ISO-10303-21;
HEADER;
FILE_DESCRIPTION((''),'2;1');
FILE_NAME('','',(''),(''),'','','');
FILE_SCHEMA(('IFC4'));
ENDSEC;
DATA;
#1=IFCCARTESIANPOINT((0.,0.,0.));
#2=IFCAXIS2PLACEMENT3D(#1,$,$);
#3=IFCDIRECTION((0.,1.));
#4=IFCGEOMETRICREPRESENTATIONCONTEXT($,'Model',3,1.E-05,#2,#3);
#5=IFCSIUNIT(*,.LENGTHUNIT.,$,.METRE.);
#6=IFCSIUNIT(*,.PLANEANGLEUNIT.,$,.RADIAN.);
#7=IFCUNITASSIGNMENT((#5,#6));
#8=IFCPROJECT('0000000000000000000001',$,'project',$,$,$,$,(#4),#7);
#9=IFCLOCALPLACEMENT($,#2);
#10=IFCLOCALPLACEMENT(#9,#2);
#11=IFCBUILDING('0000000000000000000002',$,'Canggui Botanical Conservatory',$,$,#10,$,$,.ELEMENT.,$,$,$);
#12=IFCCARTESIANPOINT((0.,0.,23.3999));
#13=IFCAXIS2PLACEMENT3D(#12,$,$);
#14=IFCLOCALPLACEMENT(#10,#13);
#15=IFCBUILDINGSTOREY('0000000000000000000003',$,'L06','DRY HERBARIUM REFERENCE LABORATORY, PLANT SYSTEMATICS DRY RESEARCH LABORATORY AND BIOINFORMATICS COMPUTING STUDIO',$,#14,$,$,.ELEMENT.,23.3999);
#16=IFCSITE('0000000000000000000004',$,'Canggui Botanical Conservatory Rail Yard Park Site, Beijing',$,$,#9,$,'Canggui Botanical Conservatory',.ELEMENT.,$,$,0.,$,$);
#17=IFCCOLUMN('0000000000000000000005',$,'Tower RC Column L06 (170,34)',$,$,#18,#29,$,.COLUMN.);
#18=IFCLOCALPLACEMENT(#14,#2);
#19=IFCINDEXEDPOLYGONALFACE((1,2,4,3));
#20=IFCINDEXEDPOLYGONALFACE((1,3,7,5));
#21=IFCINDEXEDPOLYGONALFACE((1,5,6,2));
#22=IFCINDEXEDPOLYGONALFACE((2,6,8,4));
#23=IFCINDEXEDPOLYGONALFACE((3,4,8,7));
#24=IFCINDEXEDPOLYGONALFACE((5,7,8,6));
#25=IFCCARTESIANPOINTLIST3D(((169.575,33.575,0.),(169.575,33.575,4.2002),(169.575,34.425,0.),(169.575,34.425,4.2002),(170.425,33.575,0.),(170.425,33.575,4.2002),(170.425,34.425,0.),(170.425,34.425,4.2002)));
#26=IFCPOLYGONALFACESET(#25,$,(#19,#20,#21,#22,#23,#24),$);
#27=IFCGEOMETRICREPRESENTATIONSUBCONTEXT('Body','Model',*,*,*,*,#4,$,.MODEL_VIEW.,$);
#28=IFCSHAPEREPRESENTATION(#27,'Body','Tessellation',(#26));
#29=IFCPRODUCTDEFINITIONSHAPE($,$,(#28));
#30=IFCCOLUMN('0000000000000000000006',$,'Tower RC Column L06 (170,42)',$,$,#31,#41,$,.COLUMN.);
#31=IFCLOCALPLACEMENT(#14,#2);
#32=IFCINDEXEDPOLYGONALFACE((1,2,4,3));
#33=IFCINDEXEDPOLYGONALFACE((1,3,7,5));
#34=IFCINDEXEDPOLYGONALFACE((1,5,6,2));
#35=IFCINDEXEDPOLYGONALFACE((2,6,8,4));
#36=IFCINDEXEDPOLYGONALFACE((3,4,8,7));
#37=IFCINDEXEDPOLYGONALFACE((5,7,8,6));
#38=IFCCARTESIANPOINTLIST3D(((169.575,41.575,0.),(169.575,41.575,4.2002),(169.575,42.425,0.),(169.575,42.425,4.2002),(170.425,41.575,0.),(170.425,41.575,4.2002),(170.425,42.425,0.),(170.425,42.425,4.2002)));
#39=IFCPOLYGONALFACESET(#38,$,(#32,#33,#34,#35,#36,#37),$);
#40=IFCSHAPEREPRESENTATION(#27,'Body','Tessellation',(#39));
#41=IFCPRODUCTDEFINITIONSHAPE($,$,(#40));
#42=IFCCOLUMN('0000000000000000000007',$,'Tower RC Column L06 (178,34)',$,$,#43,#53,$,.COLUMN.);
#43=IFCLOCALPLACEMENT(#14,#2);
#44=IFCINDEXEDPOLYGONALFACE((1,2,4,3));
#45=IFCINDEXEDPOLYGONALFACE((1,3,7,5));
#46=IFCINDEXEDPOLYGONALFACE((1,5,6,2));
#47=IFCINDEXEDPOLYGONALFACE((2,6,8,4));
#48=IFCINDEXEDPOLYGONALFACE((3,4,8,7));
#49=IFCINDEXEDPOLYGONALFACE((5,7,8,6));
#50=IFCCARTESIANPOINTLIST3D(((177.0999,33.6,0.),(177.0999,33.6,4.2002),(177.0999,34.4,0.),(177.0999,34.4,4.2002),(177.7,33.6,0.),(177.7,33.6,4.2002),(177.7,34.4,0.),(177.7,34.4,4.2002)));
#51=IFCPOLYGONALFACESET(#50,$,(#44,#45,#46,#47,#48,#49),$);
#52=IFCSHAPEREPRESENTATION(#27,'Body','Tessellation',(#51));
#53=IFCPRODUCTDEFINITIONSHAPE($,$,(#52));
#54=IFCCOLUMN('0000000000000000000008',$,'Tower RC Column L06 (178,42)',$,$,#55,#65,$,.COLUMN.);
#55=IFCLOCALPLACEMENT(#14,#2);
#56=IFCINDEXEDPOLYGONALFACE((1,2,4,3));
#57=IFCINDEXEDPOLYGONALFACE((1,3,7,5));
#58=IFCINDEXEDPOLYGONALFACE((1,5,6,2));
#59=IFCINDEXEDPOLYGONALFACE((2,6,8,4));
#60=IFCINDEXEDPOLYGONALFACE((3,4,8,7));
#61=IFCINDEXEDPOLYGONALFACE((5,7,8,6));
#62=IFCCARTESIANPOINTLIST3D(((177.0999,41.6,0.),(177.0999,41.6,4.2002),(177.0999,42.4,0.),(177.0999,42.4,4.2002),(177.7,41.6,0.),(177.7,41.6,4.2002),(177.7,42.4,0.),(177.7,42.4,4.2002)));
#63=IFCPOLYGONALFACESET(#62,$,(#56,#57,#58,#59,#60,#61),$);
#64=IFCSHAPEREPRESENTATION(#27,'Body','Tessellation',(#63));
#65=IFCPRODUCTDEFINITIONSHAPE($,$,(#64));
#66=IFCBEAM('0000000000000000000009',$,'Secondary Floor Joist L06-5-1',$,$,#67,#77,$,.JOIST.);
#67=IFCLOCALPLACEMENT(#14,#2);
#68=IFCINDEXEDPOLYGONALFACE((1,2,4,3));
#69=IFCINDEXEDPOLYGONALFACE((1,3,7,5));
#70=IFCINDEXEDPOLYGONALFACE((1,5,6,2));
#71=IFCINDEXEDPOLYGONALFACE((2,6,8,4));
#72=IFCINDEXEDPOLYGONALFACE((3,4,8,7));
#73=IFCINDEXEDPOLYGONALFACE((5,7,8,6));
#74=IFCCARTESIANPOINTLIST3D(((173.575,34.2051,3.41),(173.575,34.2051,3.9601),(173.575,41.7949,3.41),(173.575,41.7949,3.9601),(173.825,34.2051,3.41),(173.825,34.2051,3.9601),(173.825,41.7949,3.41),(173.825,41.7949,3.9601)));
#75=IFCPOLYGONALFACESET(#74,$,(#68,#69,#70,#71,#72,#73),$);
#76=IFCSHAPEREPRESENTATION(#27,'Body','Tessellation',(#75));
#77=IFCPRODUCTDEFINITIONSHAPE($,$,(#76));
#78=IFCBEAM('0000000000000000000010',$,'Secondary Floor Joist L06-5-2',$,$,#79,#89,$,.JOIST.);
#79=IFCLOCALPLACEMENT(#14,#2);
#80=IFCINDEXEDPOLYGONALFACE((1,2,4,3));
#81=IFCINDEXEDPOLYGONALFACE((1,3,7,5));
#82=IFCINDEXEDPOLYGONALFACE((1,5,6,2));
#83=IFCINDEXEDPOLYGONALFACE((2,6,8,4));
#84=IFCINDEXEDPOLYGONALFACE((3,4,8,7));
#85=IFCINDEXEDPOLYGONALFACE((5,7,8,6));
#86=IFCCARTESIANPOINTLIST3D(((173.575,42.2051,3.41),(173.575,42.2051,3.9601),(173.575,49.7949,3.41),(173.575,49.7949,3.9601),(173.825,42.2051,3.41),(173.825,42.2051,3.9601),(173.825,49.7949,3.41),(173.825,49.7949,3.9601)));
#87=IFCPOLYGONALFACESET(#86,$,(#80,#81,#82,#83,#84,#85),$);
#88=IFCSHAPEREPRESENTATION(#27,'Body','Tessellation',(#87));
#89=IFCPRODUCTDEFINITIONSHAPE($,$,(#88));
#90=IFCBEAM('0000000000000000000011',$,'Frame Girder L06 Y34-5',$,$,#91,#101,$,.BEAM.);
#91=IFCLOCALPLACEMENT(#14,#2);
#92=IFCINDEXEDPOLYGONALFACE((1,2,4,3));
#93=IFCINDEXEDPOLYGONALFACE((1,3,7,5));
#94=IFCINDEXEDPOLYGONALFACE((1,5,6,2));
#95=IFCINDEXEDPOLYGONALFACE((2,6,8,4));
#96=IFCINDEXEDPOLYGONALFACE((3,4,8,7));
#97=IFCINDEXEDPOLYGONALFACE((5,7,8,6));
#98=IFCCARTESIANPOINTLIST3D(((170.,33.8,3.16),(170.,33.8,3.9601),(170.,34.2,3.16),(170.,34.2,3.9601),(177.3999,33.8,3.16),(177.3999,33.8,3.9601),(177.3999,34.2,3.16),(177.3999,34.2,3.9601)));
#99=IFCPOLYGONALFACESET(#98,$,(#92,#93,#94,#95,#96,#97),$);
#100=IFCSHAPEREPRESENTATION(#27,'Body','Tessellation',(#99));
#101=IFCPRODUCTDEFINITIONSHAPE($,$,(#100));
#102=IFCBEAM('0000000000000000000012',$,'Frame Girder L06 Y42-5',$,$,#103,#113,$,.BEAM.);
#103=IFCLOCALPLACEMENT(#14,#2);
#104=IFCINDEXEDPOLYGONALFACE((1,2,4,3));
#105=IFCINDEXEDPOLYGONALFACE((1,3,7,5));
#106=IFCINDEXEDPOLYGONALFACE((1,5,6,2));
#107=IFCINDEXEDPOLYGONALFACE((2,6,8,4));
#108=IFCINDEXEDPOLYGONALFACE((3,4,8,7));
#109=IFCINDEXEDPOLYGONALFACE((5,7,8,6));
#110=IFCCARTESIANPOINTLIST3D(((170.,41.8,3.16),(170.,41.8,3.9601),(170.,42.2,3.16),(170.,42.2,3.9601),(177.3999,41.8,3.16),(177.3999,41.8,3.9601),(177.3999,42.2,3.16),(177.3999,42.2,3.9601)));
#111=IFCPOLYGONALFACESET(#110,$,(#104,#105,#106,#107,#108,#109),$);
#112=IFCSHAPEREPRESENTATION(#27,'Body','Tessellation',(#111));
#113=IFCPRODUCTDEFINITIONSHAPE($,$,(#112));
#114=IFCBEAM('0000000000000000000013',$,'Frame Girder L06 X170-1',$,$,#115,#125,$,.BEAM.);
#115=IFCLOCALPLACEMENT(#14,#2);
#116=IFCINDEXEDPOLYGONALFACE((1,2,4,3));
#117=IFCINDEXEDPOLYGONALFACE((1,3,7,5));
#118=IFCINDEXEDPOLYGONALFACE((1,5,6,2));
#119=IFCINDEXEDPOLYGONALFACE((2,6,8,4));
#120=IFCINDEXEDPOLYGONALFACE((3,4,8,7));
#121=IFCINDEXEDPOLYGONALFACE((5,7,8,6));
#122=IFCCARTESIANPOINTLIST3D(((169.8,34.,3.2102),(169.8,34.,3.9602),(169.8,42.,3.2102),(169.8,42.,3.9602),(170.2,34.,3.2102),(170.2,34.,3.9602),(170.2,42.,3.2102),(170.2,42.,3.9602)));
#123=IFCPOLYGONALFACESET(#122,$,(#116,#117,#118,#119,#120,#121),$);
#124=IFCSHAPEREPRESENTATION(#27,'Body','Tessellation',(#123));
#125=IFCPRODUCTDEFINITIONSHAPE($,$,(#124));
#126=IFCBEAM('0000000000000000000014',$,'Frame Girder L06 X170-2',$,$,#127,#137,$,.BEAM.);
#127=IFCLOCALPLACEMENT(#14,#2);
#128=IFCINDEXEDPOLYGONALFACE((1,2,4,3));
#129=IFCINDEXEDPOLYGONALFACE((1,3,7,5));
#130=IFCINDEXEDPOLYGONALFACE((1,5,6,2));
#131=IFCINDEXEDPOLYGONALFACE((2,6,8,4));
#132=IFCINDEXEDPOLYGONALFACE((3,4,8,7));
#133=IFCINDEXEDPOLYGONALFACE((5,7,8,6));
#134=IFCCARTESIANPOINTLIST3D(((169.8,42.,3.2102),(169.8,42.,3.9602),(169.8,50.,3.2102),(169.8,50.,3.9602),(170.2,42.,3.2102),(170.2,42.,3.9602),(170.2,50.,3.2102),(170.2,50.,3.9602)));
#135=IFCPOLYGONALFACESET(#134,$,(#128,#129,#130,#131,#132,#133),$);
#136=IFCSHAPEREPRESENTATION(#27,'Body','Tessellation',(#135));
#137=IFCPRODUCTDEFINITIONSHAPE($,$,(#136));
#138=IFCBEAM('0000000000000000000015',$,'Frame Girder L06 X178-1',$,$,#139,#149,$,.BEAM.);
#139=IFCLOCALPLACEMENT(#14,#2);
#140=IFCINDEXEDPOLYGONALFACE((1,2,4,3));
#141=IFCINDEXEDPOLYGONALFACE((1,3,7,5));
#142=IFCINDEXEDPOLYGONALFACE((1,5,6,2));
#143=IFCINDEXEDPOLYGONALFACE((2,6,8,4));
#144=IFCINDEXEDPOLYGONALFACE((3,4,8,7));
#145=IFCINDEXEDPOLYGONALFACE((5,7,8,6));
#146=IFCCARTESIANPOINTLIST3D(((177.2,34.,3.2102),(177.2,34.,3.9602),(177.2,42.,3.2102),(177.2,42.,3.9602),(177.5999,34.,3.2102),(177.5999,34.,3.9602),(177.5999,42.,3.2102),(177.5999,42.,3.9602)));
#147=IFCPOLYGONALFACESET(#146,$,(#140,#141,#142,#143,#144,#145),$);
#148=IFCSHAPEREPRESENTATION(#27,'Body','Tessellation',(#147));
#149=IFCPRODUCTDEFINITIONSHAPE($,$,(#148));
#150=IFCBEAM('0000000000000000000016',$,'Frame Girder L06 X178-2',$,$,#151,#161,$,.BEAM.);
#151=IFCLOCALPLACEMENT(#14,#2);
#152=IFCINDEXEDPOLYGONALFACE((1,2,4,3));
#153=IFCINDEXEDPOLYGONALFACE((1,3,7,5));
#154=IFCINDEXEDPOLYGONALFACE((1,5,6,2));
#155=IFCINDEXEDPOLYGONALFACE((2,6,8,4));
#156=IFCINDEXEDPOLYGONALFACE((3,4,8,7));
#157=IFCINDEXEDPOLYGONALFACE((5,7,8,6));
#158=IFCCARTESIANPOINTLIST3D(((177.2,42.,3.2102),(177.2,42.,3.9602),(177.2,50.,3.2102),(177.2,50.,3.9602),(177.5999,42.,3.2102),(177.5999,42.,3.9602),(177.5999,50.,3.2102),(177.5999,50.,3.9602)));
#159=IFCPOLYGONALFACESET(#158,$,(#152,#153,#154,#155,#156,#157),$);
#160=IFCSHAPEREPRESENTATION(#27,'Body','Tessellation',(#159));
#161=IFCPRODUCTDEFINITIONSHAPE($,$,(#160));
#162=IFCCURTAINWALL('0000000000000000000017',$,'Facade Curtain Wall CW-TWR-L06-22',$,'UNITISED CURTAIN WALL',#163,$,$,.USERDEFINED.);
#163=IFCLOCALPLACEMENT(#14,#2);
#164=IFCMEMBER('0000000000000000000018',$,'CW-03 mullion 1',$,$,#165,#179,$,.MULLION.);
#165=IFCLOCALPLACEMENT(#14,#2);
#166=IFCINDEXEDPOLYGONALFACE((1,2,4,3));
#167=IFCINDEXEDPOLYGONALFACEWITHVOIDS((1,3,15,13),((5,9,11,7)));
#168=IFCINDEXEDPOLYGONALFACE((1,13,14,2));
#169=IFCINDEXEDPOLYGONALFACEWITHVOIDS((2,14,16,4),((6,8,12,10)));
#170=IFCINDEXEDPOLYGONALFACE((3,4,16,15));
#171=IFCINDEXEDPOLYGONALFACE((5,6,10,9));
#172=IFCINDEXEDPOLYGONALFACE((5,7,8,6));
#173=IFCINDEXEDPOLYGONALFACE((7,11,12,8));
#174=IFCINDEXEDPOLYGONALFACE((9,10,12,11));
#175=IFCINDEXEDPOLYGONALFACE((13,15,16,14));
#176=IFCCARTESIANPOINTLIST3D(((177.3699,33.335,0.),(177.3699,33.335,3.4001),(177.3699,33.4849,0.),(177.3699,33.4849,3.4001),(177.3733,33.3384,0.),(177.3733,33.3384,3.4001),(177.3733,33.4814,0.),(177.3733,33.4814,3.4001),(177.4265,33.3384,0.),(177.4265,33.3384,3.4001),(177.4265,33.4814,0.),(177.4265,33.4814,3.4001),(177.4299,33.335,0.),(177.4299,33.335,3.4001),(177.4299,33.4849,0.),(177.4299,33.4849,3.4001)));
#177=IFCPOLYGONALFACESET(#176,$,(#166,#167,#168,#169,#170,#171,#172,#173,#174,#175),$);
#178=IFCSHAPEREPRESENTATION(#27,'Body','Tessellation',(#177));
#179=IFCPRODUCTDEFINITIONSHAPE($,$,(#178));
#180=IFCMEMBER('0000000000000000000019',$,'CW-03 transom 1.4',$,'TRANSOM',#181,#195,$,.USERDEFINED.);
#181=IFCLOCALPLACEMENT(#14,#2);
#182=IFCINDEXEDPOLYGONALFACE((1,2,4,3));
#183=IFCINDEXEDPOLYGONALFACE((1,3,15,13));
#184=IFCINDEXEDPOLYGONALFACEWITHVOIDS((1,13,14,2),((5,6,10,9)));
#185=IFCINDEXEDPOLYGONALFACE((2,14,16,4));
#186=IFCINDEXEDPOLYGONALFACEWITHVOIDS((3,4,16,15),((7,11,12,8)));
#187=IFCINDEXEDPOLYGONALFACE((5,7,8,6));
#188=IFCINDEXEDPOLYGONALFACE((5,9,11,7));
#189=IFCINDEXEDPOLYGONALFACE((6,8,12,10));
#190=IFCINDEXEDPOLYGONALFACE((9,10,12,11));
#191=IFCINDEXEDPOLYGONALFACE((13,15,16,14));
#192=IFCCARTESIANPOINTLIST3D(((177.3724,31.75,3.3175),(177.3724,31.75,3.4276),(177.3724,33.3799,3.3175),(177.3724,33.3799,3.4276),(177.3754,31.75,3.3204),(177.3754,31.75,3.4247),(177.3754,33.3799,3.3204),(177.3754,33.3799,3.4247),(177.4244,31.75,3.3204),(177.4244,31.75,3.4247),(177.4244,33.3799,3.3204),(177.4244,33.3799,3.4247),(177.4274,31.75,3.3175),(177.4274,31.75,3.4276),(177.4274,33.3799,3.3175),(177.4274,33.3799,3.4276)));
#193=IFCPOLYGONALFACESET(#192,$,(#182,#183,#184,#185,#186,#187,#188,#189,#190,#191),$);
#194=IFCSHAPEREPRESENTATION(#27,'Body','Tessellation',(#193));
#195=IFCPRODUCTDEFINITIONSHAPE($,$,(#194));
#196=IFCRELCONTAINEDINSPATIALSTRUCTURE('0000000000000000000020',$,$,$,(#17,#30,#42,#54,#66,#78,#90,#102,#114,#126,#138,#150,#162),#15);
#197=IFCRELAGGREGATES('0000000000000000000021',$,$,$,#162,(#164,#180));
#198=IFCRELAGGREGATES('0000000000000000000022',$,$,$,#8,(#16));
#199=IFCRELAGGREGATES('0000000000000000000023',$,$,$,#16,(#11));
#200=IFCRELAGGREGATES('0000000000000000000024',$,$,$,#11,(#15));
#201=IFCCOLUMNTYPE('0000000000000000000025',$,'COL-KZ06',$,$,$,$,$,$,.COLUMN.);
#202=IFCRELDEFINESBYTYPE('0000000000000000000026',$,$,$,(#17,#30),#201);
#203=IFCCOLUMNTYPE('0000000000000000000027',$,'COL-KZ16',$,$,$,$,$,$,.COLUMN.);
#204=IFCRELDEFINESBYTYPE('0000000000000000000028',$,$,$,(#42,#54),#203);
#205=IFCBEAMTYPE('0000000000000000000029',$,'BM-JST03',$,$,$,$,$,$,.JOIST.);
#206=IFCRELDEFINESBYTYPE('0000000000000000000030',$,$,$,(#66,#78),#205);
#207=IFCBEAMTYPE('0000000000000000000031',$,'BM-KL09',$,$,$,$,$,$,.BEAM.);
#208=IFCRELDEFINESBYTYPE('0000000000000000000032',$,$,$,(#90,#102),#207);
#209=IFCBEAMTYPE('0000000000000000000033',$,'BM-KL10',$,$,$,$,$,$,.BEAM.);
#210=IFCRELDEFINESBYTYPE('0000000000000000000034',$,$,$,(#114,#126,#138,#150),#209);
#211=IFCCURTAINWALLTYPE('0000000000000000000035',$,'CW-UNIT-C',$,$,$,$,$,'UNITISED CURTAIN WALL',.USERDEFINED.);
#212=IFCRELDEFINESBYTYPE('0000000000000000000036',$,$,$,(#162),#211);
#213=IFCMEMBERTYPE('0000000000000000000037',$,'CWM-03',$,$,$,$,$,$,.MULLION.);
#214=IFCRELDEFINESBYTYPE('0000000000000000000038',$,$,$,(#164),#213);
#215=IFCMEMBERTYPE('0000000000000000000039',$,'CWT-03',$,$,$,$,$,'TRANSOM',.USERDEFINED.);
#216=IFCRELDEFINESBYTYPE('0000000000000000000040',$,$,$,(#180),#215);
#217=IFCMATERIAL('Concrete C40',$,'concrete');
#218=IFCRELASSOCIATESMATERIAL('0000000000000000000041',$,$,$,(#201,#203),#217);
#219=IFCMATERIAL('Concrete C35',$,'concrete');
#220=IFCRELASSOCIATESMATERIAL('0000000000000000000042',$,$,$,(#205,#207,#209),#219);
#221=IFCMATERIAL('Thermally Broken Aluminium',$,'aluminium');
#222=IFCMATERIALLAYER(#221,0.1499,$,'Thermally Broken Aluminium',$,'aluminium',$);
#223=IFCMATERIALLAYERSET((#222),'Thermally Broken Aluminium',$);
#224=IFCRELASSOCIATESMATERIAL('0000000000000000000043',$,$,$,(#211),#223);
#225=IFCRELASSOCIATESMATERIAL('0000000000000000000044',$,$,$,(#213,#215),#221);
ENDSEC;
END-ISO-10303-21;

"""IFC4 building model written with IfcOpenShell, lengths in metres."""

from ifc_helpers import new_model, si_unit, direction, frame, origin, origin_2d, place, context, subcontext, project, spatial, rectangle, hollow_rectangle, extrude, material, layer, layer_set, material_profile, profile_set, type_object, element, aggregate, save


model = new_model("IFC4")

# Units and contexts
model_context = context("Model", 3, precision=1e-05, world=origin(), true_north=direction((0.0, 1.0)))
body_context = subcontext(model_context, "Body", "Model", "MODEL_VIEW")
ifc_project = project(units=[si_unit("LENGTHUNIT", "METRE"), si_unit("PLANEANGLEUNIT", "RADIAN")], contexts=[model_context])

# Site, building, storey
site_placement = place(None, origin())
site = spatial("IfcSite", under=ifc_project, at=site_placement, Name="Canggui Botanical Conservatory Rail Yard Park Site, Beijing", LongName="Canggui Botanical Conservatory", CompositionType="ELEMENT", RefElevation=0.0)
building_placement = place(site_placement, origin())
building = spatial("IfcBuilding", under=site, at=building_placement, Name="Canggui Botanical Conservatory", CompositionType="ELEMENT")
storey_placement = place(building_placement, frame((0.0, 0.0, 23.3999)))
storey = spatial("IfcBuildingStorey", under=building, at=storey_placement, Name="L06", Description="DRY HERBARIUM REFERENCE LABORATORY, PLANT SYSTEMATICS DRY RESEARCH LABORATORY AND BIOINFORMATICS COMPUTING STUDIO", CompositionType="ELEMENT", Elevation=23.3999)

# Columns
ifc_material_1 = material(Name="Concrete C40", Category="concrete")
ifc_material_profile_1 = material_profile(ifc_material_1, rectangle(XDim=0.8501, YDim=0.8501, at=origin_2d()), Name="RC 850x850")
ifc_profile_set_1 = profile_set([ifc_material_profile_1], Name="Concrete C40")
column_type_1 = type_object("IfcColumnType", Name="COL-KZ06", PredefinedType="COLUMN", material=ifc_profile_set_1)
for number, where, z_axis, x_axis, name in (
    (1, (170.0, 34.0, 0.0), (0.0, 0.0, 1.0), (1.0, 0.0, 0.0), "Tower RC Column L06 (170,34)"),
    (2, (170.0, 42.0, 0.0), (0.0, 0.0, 1.0), (1.0, 0.0, 0.0), "Tower RC Column L06 (170,42)"),
):
    element("IfcColumn", number, at=place(storey_placement, frame(where, z_axis=z_axis, x_axis=x_axis)), inside=storey, type_object=column_type_1, Name=name, PredefinedType="COLUMN", context=body_context, shape_type="SweptSolid", body=[
        extrude(rectangle(XDim=0.8501, YDim=0.8501, at=origin_2d()), origin(), (0.0, 0.0, 1.0), 4.2002),
    ])
ifc_material_profile_2 = material_profile(ifc_material_1, rectangle(XDim=0.6001, YDim=0.8, at=origin_2d()), Name="RC 600x800")
ifc_profile_set_2 = profile_set([ifc_material_profile_2], Name="Concrete C40")
column_type_2 = type_object("IfcColumnType", Name="COL-KZ16", PredefinedType="COLUMN", material=ifc_profile_set_2)
for number, where, z_axis, x_axis, name in (
    (3, (177.3999, 34.0, 0.0), (0.0, 0.0, 1.0), (1.0, 0.0, 0.0), "Tower RC Column L06 (178,34)"),
    (4, (177.3999, 42.0, 0.0), (0.0, 0.0, 1.0), (1.0, 0.0, 0.0), "Tower RC Column L06 (178,42)"),
):
    element("IfcColumn", number, at=place(storey_placement, frame(where, z_axis=z_axis, x_axis=x_axis)), inside=storey, type_object=column_type_2, Name=name, PredefinedType="COLUMN", context=body_context, shape_type="SweptSolid", body=[
        extrude(rectangle(XDim=0.6001, YDim=0.8, at=origin_2d()), origin(), (0.0, 0.0, 1.0), 4.2002),
    ])

# Beams
ifc_material_2 = material(Name="Concrete C35", Category="concrete")
ifc_material_profile_3 = material_profile(ifc_material_2, rectangle(XDim=0.25, YDim=0.55, at=origin_2d()), Name="RB 250x550")
ifc_profile_set_3 = profile_set([ifc_material_profile_3], Name="Concrete C35")
beam_type_1 = type_object("IfcBeamType", Name="BM-JST03", PredefinedType="JOIST", material=ifc_profile_set_3)
for number, where, z_axis, x_axis, name in (
    (5, (173.7, 34.2051, 3.6851), (0.0, 1.0, 0.0), (-1.0, 0.0, 0.0), "Secondary Floor Joist L06-5-1"),
    (6, (173.7, 42.2051, 3.6851), (0.0, 1.0, 0.0), (-1.0, 0.0, 0.0), "Secondary Floor Joist L06-5-2"),
):
    element("IfcBeam", number, at=place(storey_placement, frame(where, z_axis=z_axis, x_axis=x_axis)), inside=storey, type_object=beam_type_1, Name=name, PredefinedType="JOIST", context=body_context, shape_type="SweptSolid", body=[
        extrude(rectangle(XDim=0.25, YDim=0.55, at=origin_2d()), origin(), (0.0, 0.0, 1.0), 7.5898),
    ])
ifc_material_profile_4 = material_profile(ifc_material_2, rectangle(XDim=0.3999, YDim=0.8, at=origin_2d()), Name="RB 400x800")
ifc_profile_set_4 = profile_set([ifc_material_profile_4], Name="Concrete C35")
beam_type_2 = type_object("IfcBeamType", Name="BM-KL09", PredefinedType="BEAM", material=ifc_profile_set_4)
for number, where, z_axis, x_axis, name in (
    (7, (170.0, 34.0, 3.5601), (1.0, 0.0, 0.0), (0.0, 1.0, 0.0), "Frame Girder L06 Y34-5"),
    (8, (170.0, 42.0, 3.5601), (1.0, 0.0, 0.0), (0.0, 1.0, 0.0), "Frame Girder L06 Y42-5"),
):
    element("IfcBeam", number, at=place(storey_placement, frame(where, z_axis=z_axis, x_axis=x_axis)), inside=storey, type_object=beam_type_2, Name=name, PredefinedType="BEAM", context=body_context, shape_type="SweptSolid", body=[
        extrude(rectangle(XDim=0.3999, YDim=0.8, at=origin_2d()), origin(), (0.0, 0.0, 1.0), 7.3999),
    ])
ifc_material_profile_5 = material_profile(ifc_material_2, rectangle(XDim=0.3999, YDim=0.75, at=origin_2d()), Name="RB 400x750")
ifc_profile_set_5 = profile_set([ifc_material_profile_5], Name="Concrete C35")
beam_type_3 = type_object("IfcBeamType", Name="BM-KL10", PredefinedType="BEAM", material=ifc_profile_set_5)
for number, where, z_axis, x_axis, name in (
    (9, (170.0, 34.0, 3.5852), (0.0, 1.0, 0.0), (-1.0, 0.0, 0.0), "Frame Girder L06 X170-1"),
    (10, (170.0, 42.0, 3.5852), (0.0, 1.0, 0.0), (-1.0, 0.0, 0.0), "Frame Girder L06 X170-2"),
    (11, (177.3999, 34.0, 3.5852), (0.0, 1.0, 0.0), (-1.0, 0.0, 0.0), "Frame Girder L06 X178-1"),
    (12, (177.3999, 42.0, 3.5852), (0.0, 1.0, 0.0), (-1.0, 0.0, 0.0), "Frame Girder L06 X178-2"),
):
    element("IfcBeam", number, at=place(storey_placement, frame(where, z_axis=z_axis, x_axis=x_axis)), inside=storey, type_object=beam_type_3, Name=name, PredefinedType="BEAM", context=body_context, shape_type="SweptSolid", body=[
        extrude(rectangle(XDim=0.3999, YDim=0.75, at=origin_2d()), origin(), (0.0, 0.0, 1.0), 8.0),
    ])

# Curtain wall, members
ifc_material_3 = material(Name="Thermally Broken Aluminium", Category="aluminium")
ifc_layer_1 = layer(ifc_material_3, 0.1499, Name="Thermally Broken Aluminium", Category="aluminium")
ifc_layer_set_1 = layer_set([ifc_layer_1], Name="Thermally Broken Aluminium")
curtain_wall_type = type_object("IfcCurtainWallType", Name="CW-UNIT-C", ElementType="UNITISED CURTAIN WALL", PredefinedType="USERDEFINED", material=ifc_layer_set_1)
curtain_wall_placement = place(storey_placement, origin())
curtain_wall = element("IfcCurtainWall", 13, at=curtain_wall_placement, inside=storey, type_object=curtain_wall_type, Name="Facade Curtain Wall CW-TWR-L06-22", ObjectType="UNITISED CURTAIN WALL", PredefinedType="USERDEFINED")
ifc_material_profile_6 = material_profile(ifc_material_3, hollow_rectangle(XDim=0.0601, YDim=0.1499, WallThickness=0.0034, at=origin_2d()), Name="CWM 60x150x3.5")
ifc_profile_set_6 = profile_set([ifc_material_profile_6], Name="Thermally Broken Aluminium")
member_type_1 = type_object("IfcMemberType", Name="CWM-03", PredefinedType="MULLION", material=ifc_profile_set_6)
member_1_placement = place(storey_placement, frame((177.3999, 33.4099, 0.0), z_axis=(0.0, 0.0, 1.0), x_axis=(1.0, 0.0, 0.0)))
member_1 = element("IfcMember", 14, at=member_1_placement, type_object=member_type_1, Name="CW-03 mullion 1", PredefinedType="MULLION", context=body_context, shape_type="SweptSolid", body=[
    extrude(hollow_rectangle(XDim=0.0601, YDim=0.1499, WallThickness=0.0034, at=origin_2d()), origin(), (0.0, 0.0, 1.0), 3.4001),
])
ifc_material_profile_7 = material_profile(ifc_material_3, hollow_rectangle(XDim=0.0549, YDim=0.1101, WallThickness=0.0029, at=origin_2d()), Name="CWT 55x110x3")
ifc_profile_set_7 = profile_set([ifc_material_profile_7], Name="Thermally Broken Aluminium")
member_type_2 = type_object("IfcMemberType", Name="CWT-03", ElementType="TRANSOM", PredefinedType="USERDEFINED", material=ifc_profile_set_7)
member_2_placement = place(storey_placement, frame((177.3999, 33.3799, 3.3726), z_axis=(0.0, -1.0, 0.0), x_axis=(1.0, 0.0, 0.0)))
member_2 = element("IfcMember", 15, at=member_2_placement, type_object=member_type_2, Name="CW-03 transom 1.4", ObjectType="TRANSOM", PredefinedType="USERDEFINED", context=body_context, shape_type="SweptSolid", body=[
    extrude(hollow_rectangle(XDim=0.0549, YDim=0.1101, WallThickness=0.0029, at=origin_2d()), origin(), (0.0, 0.0, 1.0), 1.6299),
])
aggregate(curtain_wall, [member_1, member_2])

save(model, "model.ifc")
